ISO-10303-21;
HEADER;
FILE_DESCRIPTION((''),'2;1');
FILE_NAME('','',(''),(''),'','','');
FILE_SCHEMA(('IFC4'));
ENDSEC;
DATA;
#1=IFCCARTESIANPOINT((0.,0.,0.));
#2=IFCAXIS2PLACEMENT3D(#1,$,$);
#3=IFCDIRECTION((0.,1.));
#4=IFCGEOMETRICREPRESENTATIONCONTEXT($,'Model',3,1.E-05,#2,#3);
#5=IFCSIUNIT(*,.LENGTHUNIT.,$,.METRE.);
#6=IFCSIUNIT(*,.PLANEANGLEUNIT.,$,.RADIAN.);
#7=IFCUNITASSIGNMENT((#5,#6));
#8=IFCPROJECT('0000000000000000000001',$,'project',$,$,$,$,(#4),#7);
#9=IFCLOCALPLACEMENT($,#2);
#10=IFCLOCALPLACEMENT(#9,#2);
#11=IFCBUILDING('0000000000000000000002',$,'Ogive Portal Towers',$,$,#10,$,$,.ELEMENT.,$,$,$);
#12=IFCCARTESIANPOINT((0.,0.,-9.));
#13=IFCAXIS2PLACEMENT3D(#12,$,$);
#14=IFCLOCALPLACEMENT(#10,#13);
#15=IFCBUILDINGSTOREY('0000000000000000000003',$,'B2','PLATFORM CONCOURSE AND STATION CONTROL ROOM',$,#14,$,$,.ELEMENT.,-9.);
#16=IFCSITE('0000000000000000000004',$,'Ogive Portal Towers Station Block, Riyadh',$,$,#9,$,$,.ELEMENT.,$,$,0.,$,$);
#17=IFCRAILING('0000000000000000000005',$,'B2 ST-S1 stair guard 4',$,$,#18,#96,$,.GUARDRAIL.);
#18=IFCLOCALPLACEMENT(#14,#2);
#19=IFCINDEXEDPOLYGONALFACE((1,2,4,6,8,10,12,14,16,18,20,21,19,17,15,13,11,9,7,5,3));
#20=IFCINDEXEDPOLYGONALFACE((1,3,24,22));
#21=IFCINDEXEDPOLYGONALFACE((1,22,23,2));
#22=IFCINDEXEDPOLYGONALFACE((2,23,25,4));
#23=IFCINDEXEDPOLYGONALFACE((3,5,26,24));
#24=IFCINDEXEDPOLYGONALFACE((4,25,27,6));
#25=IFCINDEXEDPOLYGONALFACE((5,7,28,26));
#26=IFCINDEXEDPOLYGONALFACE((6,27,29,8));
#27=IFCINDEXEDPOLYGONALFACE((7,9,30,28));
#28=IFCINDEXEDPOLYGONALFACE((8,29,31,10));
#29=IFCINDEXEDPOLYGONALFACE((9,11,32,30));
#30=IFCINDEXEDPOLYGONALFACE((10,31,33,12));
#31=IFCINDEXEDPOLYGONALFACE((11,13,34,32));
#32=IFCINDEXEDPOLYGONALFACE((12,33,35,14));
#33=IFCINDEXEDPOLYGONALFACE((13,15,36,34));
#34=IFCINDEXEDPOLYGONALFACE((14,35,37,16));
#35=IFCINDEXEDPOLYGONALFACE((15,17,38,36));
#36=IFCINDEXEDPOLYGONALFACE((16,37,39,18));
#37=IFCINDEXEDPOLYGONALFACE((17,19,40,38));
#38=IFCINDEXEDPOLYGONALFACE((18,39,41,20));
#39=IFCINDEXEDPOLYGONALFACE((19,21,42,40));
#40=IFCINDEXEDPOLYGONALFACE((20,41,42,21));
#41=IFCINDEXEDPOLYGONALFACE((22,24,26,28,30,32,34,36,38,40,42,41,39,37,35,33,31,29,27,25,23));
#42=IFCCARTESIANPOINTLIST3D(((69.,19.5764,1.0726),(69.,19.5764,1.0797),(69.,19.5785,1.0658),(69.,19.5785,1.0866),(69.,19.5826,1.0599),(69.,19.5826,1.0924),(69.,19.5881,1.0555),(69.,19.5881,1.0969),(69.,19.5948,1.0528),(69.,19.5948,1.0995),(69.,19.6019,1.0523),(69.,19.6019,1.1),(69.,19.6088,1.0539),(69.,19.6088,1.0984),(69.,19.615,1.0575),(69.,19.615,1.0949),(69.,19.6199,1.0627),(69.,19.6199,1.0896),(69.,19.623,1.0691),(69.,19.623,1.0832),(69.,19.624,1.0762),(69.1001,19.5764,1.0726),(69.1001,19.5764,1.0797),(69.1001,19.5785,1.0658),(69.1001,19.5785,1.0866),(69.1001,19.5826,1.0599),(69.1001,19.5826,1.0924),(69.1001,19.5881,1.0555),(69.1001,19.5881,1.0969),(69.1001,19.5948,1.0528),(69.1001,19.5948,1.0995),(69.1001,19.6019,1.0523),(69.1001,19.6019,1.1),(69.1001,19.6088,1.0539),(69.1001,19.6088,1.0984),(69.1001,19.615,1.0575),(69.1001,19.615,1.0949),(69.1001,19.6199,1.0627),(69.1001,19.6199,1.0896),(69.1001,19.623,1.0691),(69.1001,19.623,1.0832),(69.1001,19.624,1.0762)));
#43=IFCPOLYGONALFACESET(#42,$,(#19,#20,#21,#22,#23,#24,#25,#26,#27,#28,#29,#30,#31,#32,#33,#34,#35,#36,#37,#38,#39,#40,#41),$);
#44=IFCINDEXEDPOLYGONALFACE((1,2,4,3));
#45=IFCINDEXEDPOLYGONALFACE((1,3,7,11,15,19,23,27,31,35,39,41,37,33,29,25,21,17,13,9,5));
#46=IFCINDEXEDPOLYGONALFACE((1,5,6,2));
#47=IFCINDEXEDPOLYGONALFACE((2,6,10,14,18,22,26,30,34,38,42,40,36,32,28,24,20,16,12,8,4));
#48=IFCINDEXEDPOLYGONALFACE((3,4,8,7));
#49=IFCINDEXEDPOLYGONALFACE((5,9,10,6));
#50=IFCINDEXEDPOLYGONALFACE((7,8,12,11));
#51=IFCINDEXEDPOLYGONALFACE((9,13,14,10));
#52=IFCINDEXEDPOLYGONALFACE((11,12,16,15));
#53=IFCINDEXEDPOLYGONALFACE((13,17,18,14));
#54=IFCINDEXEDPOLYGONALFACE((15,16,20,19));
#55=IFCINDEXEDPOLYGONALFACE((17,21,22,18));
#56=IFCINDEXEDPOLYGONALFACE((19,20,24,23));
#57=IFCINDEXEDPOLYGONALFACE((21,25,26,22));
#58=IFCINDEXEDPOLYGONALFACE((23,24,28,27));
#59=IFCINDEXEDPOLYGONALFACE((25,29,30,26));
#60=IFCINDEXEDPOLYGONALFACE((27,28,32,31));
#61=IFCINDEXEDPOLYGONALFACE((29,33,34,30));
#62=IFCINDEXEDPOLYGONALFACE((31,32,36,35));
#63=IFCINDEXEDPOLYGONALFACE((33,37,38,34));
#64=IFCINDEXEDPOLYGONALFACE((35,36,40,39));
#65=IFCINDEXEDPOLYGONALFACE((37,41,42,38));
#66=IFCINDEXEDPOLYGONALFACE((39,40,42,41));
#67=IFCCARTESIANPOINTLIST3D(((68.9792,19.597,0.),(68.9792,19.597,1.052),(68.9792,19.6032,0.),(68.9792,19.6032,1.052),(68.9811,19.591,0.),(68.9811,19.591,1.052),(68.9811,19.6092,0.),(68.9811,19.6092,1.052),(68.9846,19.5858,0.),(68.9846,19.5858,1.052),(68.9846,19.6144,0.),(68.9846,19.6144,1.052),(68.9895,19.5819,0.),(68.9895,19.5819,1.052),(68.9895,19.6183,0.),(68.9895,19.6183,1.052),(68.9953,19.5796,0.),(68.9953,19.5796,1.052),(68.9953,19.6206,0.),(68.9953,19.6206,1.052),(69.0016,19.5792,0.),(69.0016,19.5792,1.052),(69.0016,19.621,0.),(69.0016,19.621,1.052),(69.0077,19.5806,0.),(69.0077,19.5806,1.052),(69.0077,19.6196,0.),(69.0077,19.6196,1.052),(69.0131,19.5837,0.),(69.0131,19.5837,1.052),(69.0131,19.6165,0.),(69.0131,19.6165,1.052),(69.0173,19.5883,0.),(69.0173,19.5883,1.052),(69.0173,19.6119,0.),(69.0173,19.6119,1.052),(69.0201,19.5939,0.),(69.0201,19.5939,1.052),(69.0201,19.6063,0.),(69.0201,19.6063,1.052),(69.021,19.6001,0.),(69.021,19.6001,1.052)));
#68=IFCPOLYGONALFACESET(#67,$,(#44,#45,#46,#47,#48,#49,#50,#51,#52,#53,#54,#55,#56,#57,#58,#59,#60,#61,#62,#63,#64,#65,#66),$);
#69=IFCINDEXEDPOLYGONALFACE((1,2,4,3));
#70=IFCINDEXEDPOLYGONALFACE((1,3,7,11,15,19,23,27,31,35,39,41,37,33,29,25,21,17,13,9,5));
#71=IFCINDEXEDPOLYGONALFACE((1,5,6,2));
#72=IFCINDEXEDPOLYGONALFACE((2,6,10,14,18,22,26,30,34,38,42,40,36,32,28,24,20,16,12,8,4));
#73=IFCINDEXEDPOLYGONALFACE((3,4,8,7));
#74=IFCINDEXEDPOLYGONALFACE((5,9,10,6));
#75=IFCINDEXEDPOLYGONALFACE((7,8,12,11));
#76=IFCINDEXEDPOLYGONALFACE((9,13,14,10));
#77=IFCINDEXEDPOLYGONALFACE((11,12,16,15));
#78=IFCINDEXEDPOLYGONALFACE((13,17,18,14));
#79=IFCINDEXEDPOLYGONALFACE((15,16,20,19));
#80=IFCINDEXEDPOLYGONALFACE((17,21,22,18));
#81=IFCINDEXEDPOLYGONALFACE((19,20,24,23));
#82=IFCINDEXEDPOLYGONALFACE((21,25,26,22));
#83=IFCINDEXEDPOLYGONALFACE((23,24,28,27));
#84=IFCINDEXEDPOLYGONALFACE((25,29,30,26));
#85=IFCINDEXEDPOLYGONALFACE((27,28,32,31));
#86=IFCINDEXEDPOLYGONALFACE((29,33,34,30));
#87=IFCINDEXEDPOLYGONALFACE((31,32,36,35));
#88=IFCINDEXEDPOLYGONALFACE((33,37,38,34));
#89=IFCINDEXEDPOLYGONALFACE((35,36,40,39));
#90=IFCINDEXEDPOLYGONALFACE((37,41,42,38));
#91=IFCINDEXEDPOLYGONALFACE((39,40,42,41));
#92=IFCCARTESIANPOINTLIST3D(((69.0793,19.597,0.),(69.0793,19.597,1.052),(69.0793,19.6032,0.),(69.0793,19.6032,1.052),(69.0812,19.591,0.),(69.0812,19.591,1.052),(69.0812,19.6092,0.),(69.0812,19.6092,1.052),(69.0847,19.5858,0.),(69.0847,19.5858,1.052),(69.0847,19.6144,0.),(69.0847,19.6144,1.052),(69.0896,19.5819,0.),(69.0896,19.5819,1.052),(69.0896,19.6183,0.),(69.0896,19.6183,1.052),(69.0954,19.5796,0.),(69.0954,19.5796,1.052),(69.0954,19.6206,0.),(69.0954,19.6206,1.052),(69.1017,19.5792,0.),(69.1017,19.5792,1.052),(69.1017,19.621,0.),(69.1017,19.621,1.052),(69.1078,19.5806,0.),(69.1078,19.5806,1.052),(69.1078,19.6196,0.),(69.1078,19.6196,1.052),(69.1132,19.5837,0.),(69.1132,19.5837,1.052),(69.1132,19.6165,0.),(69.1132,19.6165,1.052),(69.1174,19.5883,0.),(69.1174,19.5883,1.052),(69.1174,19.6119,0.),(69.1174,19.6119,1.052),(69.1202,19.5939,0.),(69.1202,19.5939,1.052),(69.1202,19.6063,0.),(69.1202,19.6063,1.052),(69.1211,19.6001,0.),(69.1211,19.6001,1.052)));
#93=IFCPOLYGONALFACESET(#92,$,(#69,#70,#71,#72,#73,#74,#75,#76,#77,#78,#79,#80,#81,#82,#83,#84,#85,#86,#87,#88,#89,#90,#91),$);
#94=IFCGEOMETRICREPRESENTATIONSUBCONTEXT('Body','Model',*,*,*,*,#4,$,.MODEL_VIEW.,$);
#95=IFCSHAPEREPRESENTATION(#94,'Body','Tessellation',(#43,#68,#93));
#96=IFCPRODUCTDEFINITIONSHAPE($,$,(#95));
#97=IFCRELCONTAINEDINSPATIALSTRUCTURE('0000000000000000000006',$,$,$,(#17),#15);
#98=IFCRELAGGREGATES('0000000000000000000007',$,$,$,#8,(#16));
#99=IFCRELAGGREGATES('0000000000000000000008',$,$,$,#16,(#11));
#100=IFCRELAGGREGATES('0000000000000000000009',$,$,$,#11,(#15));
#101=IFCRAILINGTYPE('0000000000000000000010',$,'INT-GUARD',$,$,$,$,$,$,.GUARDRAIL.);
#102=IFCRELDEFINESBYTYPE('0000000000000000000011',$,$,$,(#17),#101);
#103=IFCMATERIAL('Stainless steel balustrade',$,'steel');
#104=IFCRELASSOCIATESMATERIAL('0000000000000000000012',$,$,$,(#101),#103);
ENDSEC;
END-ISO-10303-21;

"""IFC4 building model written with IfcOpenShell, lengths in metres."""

from ifc_helpers import new_model, si_unit, direction, frame, origin, origin_2d, place, context, subcontext, project, spatial, circle, extrude, material, type_object, element, save


model = new_model("IFC4")

# Units and contexts
model_context = context("Model", 3, precision=1e-05, world=origin(), true_north=direction((0.0, 1.0)))
body_context = subcontext(model_context, "Body", "Model", "MODEL_VIEW")
ifc_project = project(units=[si_unit("LENGTHUNIT", "METRE"), si_unit("PLANEANGLEUNIT", "RADIAN")], contexts=[model_context])

# Site, building, storey
site_placement = place(None, origin())
site = spatial("IfcSite", under=ifc_project, at=site_placement, Name="Ogive Portal Towers Station Block, Riyadh", CompositionType="ELEMENT", RefElevation=0.0)
building_placement = place(site_placement, origin())
building = spatial("IfcBuilding", under=site, at=building_placement, Name="Ogive Portal Towers", CompositionType="ELEMENT")
storey_placement = place(building_placement, frame((0.0, 0.0, -9.0)))
storey = spatial("IfcBuildingStorey", under=building, at=storey_placement, Name="B2", Description="PLATFORM CONCOURSE AND STATION CONTROL ROOM", CompositionType="ELEMENT", Elevation=-9.0)

# Railing
ifc_material_1 = material(Name="Stainless steel balustrade", Category="steel")
railing_type_1 = type_object("IfcRailingType", Name="INT-GUARD", PredefinedType="GUARDRAIL", material=ifc_material_1)
railing_1_placement = place(storey_placement, frame((69.0, 19.6001, 0.0)))
element("IfcRailing", 1, at=railing_1_placement, inside=storey, type_object=railing_type_1, Name="B2 ST-S1 stair guard 4", PredefinedType="GUARDRAIL", context=body_context, shape_type="SweptSolid", body=[
    extrude(circle(Radius=0.0239, at=origin_2d()), frame((0.0, 0.0, 1.0762), z_axis=(1.0, 0.0, 0.0), x_axis=(0.0, 1.0, 0.0)), (0.0, 0.0, 1.0), 0.1001),
    extrude(circle(Radius=0.021, at=origin_2d()), origin(), (0.0, 0.0, 1.0), 1.052),
    extrude(circle(Radius=0.021, at=origin_2d()), frame((0.1001, 0.0, 0.0)), (0.0, 0.0, 1.0), 1.052),
])

save(model, "model.ifc")
